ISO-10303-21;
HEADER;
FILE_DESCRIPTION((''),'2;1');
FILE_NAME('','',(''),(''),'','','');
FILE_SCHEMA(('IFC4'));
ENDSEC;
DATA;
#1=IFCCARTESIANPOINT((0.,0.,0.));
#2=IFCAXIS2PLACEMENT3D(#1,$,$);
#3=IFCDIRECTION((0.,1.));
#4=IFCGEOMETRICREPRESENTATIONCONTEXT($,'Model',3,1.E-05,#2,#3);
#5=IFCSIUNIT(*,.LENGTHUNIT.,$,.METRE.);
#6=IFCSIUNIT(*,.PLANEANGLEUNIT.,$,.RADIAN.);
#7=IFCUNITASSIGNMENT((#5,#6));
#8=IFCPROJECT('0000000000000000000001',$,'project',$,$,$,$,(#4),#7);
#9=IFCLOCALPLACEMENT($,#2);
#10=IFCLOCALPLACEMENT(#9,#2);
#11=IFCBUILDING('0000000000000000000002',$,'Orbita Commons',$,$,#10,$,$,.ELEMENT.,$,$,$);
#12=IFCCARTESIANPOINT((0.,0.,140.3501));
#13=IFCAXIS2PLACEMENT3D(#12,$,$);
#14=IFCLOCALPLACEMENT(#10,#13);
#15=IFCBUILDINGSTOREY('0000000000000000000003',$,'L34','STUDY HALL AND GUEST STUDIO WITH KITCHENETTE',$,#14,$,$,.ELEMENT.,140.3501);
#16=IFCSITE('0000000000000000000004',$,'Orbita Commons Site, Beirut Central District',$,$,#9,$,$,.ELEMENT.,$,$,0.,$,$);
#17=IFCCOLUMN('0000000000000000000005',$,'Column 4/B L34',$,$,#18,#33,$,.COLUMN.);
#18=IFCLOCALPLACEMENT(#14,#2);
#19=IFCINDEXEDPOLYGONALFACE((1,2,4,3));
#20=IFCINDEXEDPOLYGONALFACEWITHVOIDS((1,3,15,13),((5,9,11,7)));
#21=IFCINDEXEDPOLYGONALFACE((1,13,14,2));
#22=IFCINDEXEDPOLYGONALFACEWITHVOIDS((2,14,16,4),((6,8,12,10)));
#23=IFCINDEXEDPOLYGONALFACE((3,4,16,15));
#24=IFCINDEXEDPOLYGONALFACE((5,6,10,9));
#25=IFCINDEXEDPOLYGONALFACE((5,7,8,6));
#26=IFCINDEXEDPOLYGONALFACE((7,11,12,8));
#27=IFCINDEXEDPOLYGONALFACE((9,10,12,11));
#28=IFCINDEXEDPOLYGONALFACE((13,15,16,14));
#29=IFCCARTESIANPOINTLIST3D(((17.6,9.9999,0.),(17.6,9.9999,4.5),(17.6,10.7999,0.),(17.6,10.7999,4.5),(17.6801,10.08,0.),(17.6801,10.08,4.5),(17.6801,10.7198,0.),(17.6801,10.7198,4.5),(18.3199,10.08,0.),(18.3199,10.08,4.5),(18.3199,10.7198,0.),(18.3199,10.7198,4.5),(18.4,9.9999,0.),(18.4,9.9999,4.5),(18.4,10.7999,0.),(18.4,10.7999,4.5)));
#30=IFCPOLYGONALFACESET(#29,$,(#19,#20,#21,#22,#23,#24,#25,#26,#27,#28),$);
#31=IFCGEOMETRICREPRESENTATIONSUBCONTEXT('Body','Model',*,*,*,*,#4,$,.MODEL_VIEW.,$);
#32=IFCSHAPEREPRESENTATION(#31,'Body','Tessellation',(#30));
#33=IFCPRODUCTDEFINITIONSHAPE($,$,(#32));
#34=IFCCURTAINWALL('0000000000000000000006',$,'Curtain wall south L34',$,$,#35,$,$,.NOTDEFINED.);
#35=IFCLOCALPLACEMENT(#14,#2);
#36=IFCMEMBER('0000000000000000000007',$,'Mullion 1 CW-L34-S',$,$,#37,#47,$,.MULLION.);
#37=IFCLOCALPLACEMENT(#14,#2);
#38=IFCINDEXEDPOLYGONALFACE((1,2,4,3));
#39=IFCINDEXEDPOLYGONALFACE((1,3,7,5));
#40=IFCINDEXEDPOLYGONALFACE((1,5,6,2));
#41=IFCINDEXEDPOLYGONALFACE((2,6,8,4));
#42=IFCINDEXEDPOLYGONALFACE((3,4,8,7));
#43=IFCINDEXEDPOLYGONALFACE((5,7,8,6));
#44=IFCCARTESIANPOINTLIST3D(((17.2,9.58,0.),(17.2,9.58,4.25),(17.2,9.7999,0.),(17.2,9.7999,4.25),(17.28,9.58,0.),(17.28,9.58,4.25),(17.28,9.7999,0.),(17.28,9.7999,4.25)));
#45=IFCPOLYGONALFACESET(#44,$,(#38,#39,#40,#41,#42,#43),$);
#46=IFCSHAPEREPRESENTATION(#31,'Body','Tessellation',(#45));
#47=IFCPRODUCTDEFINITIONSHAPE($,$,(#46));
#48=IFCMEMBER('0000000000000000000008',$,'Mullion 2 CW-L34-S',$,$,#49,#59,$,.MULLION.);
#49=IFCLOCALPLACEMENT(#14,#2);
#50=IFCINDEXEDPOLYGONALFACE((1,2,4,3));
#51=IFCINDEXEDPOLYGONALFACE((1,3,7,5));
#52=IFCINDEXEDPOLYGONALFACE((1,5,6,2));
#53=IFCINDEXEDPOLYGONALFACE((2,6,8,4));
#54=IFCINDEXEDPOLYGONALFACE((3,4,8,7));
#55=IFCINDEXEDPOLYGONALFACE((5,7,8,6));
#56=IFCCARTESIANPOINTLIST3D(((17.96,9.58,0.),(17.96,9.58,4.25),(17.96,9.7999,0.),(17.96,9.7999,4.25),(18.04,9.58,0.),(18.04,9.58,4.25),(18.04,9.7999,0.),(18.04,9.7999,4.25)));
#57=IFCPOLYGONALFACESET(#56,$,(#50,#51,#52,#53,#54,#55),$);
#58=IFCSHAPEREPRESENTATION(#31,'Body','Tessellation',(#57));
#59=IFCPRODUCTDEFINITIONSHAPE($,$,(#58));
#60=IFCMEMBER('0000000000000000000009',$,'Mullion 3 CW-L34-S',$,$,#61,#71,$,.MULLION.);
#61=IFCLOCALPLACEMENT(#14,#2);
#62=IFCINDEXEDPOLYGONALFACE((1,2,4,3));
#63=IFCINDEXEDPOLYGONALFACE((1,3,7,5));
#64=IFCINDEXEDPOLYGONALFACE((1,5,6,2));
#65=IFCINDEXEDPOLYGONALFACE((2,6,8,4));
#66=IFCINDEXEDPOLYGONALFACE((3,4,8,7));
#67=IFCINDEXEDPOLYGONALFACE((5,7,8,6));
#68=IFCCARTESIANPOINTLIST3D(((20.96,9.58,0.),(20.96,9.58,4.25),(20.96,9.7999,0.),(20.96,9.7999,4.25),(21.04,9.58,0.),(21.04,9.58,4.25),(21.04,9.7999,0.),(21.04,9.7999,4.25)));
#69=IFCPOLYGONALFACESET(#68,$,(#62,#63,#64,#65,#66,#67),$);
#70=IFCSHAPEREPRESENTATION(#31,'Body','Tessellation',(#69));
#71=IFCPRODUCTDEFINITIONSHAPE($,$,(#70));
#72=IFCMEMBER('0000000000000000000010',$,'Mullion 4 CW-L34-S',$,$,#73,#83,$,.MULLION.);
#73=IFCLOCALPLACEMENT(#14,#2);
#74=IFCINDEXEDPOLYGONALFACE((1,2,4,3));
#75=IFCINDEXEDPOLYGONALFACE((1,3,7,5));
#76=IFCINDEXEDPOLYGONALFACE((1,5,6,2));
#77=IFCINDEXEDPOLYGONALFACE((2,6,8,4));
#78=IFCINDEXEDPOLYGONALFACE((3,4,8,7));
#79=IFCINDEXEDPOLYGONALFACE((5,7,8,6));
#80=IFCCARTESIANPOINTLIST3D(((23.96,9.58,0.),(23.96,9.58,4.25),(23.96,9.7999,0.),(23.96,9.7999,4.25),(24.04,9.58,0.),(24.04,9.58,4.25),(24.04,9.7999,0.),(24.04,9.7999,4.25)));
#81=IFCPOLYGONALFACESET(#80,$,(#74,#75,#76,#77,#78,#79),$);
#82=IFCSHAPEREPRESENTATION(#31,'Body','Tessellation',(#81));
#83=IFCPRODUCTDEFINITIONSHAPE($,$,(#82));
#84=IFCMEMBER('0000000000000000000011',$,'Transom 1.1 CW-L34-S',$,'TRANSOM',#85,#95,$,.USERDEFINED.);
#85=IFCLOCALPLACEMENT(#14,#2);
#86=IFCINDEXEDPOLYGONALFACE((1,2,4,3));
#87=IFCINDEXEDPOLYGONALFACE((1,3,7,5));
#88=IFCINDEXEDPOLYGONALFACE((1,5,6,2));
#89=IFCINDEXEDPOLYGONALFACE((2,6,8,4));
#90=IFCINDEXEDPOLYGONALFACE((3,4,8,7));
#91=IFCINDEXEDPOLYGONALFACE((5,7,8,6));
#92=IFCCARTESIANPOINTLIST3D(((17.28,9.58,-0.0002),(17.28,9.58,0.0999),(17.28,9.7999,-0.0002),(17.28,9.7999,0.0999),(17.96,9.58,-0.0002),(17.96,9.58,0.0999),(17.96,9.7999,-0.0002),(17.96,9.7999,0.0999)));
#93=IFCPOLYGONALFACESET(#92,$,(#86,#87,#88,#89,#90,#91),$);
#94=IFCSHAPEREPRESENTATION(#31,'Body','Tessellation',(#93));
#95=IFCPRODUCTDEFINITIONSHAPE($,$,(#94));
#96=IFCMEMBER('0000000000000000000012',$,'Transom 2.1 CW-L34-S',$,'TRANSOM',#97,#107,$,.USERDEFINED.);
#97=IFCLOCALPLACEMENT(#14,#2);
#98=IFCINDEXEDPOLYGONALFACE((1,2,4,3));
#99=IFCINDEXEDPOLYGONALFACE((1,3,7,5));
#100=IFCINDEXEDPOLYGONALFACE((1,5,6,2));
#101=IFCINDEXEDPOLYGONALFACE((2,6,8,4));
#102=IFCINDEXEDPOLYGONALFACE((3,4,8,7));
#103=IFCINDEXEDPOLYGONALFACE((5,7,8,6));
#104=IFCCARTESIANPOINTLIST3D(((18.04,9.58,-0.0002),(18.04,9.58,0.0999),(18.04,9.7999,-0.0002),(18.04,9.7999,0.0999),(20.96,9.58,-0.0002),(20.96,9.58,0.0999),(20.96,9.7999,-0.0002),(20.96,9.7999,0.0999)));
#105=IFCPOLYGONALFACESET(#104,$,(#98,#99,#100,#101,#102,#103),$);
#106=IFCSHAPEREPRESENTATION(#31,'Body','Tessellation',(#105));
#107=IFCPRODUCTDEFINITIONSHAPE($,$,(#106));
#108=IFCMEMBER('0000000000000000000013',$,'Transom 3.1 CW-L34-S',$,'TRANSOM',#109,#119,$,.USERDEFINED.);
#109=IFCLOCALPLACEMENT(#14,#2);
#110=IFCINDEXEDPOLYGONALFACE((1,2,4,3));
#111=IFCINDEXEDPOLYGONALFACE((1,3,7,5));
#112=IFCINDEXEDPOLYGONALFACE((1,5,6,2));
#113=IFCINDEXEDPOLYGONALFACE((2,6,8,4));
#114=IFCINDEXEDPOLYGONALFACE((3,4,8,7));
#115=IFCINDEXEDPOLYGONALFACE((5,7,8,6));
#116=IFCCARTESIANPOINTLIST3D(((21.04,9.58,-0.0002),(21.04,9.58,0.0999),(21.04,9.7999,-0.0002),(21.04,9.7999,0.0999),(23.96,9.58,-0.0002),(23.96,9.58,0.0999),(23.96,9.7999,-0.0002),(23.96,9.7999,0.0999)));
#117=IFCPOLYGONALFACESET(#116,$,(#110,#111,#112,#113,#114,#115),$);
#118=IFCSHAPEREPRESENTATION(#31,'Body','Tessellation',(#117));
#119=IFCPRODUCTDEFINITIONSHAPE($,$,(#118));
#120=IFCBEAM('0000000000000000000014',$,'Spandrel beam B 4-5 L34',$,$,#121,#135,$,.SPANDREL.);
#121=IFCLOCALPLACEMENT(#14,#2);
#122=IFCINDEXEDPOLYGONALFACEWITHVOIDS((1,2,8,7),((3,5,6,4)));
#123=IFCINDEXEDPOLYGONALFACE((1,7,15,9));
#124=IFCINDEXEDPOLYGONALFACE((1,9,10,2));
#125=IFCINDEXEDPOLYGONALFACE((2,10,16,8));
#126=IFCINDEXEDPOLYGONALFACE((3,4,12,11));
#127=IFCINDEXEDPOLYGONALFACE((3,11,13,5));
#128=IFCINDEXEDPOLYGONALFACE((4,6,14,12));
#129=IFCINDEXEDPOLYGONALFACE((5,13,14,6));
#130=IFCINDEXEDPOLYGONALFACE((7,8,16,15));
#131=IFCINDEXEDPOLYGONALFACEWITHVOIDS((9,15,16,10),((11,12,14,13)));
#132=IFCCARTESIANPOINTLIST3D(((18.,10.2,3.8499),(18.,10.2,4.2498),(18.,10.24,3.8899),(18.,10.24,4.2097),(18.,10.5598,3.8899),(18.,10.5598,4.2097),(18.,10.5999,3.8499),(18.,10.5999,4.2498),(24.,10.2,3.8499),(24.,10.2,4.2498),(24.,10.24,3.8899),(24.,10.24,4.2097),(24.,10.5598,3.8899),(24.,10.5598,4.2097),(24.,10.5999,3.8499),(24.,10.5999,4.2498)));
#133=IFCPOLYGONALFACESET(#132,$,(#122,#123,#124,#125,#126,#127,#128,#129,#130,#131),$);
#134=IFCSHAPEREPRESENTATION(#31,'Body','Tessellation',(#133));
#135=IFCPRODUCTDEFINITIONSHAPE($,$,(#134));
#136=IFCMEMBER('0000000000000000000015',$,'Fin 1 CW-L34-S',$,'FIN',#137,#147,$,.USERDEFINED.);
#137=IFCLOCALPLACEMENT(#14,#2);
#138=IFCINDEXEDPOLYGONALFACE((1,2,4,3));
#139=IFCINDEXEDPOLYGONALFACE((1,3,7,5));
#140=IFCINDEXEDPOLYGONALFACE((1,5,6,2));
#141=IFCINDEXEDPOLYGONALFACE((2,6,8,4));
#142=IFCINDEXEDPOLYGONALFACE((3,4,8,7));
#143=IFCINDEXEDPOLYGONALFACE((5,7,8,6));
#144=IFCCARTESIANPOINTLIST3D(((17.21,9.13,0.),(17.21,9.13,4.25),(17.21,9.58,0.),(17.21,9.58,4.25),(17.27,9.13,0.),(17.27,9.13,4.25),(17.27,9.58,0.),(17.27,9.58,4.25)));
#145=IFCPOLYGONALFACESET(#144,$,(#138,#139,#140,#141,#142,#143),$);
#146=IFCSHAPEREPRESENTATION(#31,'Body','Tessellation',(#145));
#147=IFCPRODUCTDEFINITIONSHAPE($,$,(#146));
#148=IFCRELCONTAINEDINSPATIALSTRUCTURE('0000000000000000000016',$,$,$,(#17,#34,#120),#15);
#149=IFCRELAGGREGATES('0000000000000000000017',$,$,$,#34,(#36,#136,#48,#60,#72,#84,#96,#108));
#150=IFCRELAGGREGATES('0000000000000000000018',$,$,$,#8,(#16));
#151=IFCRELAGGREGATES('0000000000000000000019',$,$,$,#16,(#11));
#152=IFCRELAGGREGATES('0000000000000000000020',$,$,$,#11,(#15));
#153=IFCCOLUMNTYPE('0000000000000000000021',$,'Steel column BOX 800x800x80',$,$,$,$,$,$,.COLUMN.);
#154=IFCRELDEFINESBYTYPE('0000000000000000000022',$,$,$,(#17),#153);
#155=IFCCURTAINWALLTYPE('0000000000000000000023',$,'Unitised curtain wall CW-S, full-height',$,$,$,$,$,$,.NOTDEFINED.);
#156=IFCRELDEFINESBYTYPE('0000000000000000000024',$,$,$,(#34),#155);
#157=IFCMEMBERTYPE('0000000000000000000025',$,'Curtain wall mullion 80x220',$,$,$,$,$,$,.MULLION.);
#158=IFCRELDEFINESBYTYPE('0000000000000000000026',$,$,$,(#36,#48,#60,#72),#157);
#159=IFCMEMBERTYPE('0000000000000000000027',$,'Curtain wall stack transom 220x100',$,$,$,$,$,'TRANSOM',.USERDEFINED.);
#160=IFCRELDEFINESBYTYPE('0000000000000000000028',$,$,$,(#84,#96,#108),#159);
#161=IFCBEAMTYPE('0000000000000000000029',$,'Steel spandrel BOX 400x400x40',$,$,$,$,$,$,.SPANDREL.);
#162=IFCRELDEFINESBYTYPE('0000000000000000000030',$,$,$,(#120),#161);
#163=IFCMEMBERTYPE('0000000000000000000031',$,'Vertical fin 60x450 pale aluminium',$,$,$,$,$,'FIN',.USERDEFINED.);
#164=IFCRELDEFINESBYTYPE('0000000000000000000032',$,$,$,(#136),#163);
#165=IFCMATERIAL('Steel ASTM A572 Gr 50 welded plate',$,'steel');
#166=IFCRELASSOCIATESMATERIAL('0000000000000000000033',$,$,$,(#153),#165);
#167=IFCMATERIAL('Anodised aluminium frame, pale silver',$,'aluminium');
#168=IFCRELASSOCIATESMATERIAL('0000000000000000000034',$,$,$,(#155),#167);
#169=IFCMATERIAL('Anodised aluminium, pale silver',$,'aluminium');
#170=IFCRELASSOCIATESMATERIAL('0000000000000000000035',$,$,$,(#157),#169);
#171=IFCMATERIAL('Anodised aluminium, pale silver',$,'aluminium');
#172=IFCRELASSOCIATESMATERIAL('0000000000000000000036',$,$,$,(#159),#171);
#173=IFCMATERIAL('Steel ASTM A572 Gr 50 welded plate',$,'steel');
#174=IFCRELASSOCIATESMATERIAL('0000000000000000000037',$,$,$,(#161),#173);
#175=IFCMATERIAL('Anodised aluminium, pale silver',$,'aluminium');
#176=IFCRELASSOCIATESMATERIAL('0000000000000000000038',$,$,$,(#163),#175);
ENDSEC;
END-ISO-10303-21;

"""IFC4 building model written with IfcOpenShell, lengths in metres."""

from ifc_helpers import new_model, si_unit, direction, frame, origin, origin_2d, place, context, subcontext, project, spatial, rectangle, hollow_rectangle, extrude, material, material_profile, profile_set, type_object, element, aggregate, save


model = new_model("IFC4")

# Units and contexts
model_context = context("Model", 3, precision=1e-05, world=origin(), true_north=direction((0.0, 1.0)))
body_context = subcontext(model_context, "Body", "Model", "MODEL_VIEW")
ifc_project = project(units=[si_unit("LENGTHUNIT", "METRE"), si_unit("PLANEANGLEUNIT", "RADIAN")], contexts=[model_context])

# Site, building, storey
site_placement = place(None, origin())
site = spatial("IfcSite", under=ifc_project, at=site_placement, Name="Orbita Commons Site, Beirut Central District", CompositionType="ELEMENT", RefElevation=0.0)
building_placement = place(site_placement, origin())
building = spatial("IfcBuilding", under=site, at=building_placement, Name="Orbita Commons", CompositionType="ELEMENT")
storey_placement = place(building_placement, frame((0.0, 0.0, 140.3501)))
storey = spatial("IfcBuildingStorey", under=building, at=storey_placement, Name="L34", Description="STUDY HALL AND GUEST STUDIO WITH KITCHENETTE", CompositionType="ELEMENT", Elevation=140.3501)

# Column
ifc_material_1 = material(Name="Steel ASTM A572 Gr 50 welded plate", Category="steel")
ifc_material_profile_1 = material_profile(ifc_material_1, hollow_rectangle(XDim=0.8, YDim=0.8, WallThickness=0.0801, at=origin_2d()), Name="BOX 800x800x80")
ifc_profile_set_1 = profile_set([ifc_material_profile_1], Name="Steel ASTM A572 Gr 50 welded plate")
column_type = type_object("IfcColumnType", Name="Steel column BOX 800x800x80", PredefinedType="COLUMN", material=ifc_profile_set_1)
column_placement = place(storey_placement, frame((18.0, 10.3999, 0.0), z_axis=(0.0, 0.0, 1.0), x_axis=(1.0, 0.0, 0.0)))
element("IfcColumn", 1, at=column_placement, inside=storey, type_object=column_type, Name="Column 4/B L34", PredefinedType="COLUMN", context=body_context, shape_type="SweptSolid", body=[
    extrude(hollow_rectangle(XDim=0.8, YDim=0.8, WallThickness=0.0801, at=origin_2d()), origin(), (0.0, 0.0, 1.0), 4.5),
])

# Curtain wall, members
ifc_material_2 = material(Name="Anodised aluminium frame, pale silver", Category="aluminium")
curtain_wall_type = type_object("IfcCurtainWallType", Name="Unitised curtain wall CW-S, full-height", PredefinedType="NOTDEFINED", material=ifc_material_2)
curtain_wall_placement = place(storey_placement, origin())
curtain_wall = element("IfcCurtainWall", 2, at=curtain_wall_placement, inside=storey, type_object=curtain_wall_type, Name="Curtain wall south L34", PredefinedType="NOTDEFINED")
ifc_material_3 = material(Name="Anodised aluminium, pale silver", Category="aluminium")
ifc_material_profile_2 = material_profile(ifc_material_3, rectangle(XDim=0.0801, YDim=0.22, at=origin_2d()), Name="AL 80x220")
ifc_profile_set_2 = profile_set([ifc_material_profile_2], Name="Anodised aluminium, pale silver")
member_type_1 = type_object("IfcMemberType", Name="Curtain wall mullion 80x220", PredefinedType="MULLION", material=ifc_profile_set_2)
member_1_placement = place(storey_placement, frame((17.24, 9.6899, 0.0), z_axis=(0.0, 0.0, 1.0), x_axis=(1.0, 0.0, 0.0)))
member_1 = element("IfcMember", 3, at=member_1_placement, type_object=member_type_1, Name="Mullion 1 CW-L34-S", PredefinedType="MULLION", context=body_context, shape_type="SweptSolid", body=[
    extrude(rectangle(XDim=0.0801, YDim=0.22, at=origin_2d()), origin(), (0.0, 0.0, 1.0), 4.25),
])
member_2_placement = place(storey_placement, frame((18.0, 9.6899, 0.0), z_axis=(0.0, 0.0, 1.0), x_axis=(1.0, 0.0, 0.0)))
member_2 = element("IfcMember", 4, at=member_2_placement, type_object=member_type_1, Name="Mullion 2 CW-L34-S", PredefinedType="MULLION", context=body_context, shape_type="SweptSolid", body=[
    extrude(rectangle(XDim=0.0801, YDim=0.22, at=origin_2d()), origin(), (0.0, 0.0, 1.0), 4.25),
])
member_3_placement = place(storey_placement, frame((21.0, 9.6899, 0.0), z_axis=(0.0, 0.0, 1.0), x_axis=(1.0, 0.0, 0.0)))
member_3 = element("IfcMember", 5, at=member_3_placement, type_object=member_type_1, Name="Mullion 3 CW-L34-S", PredefinedType="MULLION", context=body_context, shape_type="SweptSolid", body=[
    extrude(rectangle(XDim=0.0801, YDim=0.22, at=origin_2d()), origin(), (0.0, 0.0, 1.0), 4.25),
])
member_4_placement = place(storey_placement, frame((24.0, 9.6899, 0.0), z_axis=(0.0, 0.0, 1.0), x_axis=(1.0, 0.0, 0.0)))
member_4 = element("IfcMember", 6, at=member_4_placement, type_object=member_type_1, Name="Mullion 4 CW-L34-S", PredefinedType="MULLION", context=body_context, shape_type="SweptSolid", body=[
    extrude(rectangle(XDim=0.0801, YDim=0.22, at=origin_2d()), origin(), (0.0, 0.0, 1.0), 4.25),
])
ifc_material_4 = material(Name="Anodised aluminium, pale silver", Category="aluminium")
ifc_material_profile_3 = material_profile(ifc_material_4, rectangle(XDim=0.22, YDim=0.1001, at=origin_2d()), Name="AL 220x100")
ifc_profile_set_3 = profile_set([ifc_material_profile_3], Name="Anodised aluminium, pale silver")
member_type_2 = type_object("IfcMemberType", Name="Curtain wall stack transom 220x100", ElementType="TRANSOM", PredefinedType="USERDEFINED", material=ifc_profile_set_3)
member_5_placement = place(storey_placement, frame((17.28, 9.6899, 0.0498), z_axis=(1.0, 0.0, 0.0), x_axis=(0.0, 1.0, 0.0)))
member_5 = element("IfcMember", 7, at=member_5_placement, type_object=member_type_2, Name="Transom 1.1 CW-L34-S", ObjectType="TRANSOM", PredefinedType="USERDEFINED", context=body_context, shape_type="SweptSolid", body=[
    extrude(rectangle(XDim=0.22, YDim=0.1001, at=origin_2d()), origin(), (0.0, 0.0, 1.0), 0.6799),
])
member_6_placement = place(storey_placement, frame((18.04, 9.6899, 0.0498), z_axis=(1.0, 0.0, 0.0), x_axis=(0.0, 1.0, 0.0)))
member_6 = element("IfcMember", 8, at=member_6_placement, type_object=member_type_2, Name="Transom 2.1 CW-L34-S", ObjectType="TRANSOM", PredefinedType="USERDEFINED", context=body_context, shape_type="SweptSolid", body=[
    extrude(rectangle(XDim=0.22, YDim=0.1001, at=origin_2d()), origin(), (0.0, 0.0, 1.0), 2.9199),
])
member_7_placement = place(storey_placement, frame((21.04, 9.6899, 0.0498), z_axis=(1.0, 0.0, 0.0), x_axis=(0.0, 1.0, 0.0)))
member_7 = element("IfcMember", 9, at=member_7_placement, type_object=member_type_2, Name="Transom 3.1 CW-L34-S", ObjectType="TRANSOM", PredefinedType="USERDEFINED", context=body_context, shape_type="SweptSolid", body=[
    extrude(rectangle(XDim=0.22, YDim=0.1001, at=origin_2d()), origin(), (0.0, 0.0, 1.0), 2.9199),
])

# Beam
ifc_material_5 = material(Name="Steel ASTM A572 Gr 50 welded plate", Category="steel")
ifc_material_profile_4 = material_profile(ifc_material_5, hollow_rectangle(XDim=0.3999, YDim=0.3999, WallThickness=0.04, at=origin_2d()), Name="BOX 400x400x40")
ifc_profile_set_4 = profile_set([ifc_material_profile_4], Name="Steel ASTM A572 Gr 50 welded plate")
beam_type = type_object("IfcBeamType", Name="Steel spandrel BOX 400x400x40", PredefinedType="SPANDREL", material=ifc_profile_set_4)
beam_placement = place(storey_placement, frame((18.0, 10.3999, 4.0498), z_axis=(1.0, 0.0, 0.0), x_axis=(0.0, 1.0, 0.0)))
element("IfcBeam", 10, at=beam_placement, inside=storey, type_object=beam_type, Name="Spandrel beam B 4-5 L34", PredefinedType="SPANDREL", context=body_context, shape_type="SweptSolid", body=[
    extrude(hollow_rectangle(XDim=0.3999, YDim=0.3999, WallThickness=0.04, at=origin_2d()), origin(), (0.0, 0.0, 1.0), 6.0),
])

# Member
ifc_material_6 = material(Name="Anodised aluminium, pale silver", Category="aluminium")
ifc_material_profile_5 = material_profile(ifc_material_6, rectangle(XDim=0.0601, YDim=0.45, at=origin_2d()), Name="FIN 60x450")
ifc_profile_set_5 = profile_set([ifc_material_profile_5], Name="Anodised aluminium, pale silver")
member_type_3 = type_object("IfcMemberType", Name="Vertical fin 60x450 pale aluminium", ElementType="FIN", PredefinedType="USERDEFINED", material=ifc_profile_set_5)
member_8_placement = place(storey_placement, frame((17.24, 9.355, 0.0), z_axis=(0.0, 0.0, 1.0), x_axis=(1.0, 0.0, 0.0)))
member_8 = element("IfcMember", 11, at=member_8_placement, type_object=member_type_3, Name="Fin 1 CW-L34-S", ObjectType="FIN", PredefinedType="USERDEFINED", context=body_context, shape_type="SweptSolid", body=[
    extrude(rectangle(XDim=0.0601, YDim=0.45, at=origin_2d()), origin(), (0.0, 0.0, 1.0), 4.25),
])

aggregate(curtain_wall, [member_1, member_8, member_2, member_3, member_4, member_5, member_6, member_7])

save(model, "model.ifc")
